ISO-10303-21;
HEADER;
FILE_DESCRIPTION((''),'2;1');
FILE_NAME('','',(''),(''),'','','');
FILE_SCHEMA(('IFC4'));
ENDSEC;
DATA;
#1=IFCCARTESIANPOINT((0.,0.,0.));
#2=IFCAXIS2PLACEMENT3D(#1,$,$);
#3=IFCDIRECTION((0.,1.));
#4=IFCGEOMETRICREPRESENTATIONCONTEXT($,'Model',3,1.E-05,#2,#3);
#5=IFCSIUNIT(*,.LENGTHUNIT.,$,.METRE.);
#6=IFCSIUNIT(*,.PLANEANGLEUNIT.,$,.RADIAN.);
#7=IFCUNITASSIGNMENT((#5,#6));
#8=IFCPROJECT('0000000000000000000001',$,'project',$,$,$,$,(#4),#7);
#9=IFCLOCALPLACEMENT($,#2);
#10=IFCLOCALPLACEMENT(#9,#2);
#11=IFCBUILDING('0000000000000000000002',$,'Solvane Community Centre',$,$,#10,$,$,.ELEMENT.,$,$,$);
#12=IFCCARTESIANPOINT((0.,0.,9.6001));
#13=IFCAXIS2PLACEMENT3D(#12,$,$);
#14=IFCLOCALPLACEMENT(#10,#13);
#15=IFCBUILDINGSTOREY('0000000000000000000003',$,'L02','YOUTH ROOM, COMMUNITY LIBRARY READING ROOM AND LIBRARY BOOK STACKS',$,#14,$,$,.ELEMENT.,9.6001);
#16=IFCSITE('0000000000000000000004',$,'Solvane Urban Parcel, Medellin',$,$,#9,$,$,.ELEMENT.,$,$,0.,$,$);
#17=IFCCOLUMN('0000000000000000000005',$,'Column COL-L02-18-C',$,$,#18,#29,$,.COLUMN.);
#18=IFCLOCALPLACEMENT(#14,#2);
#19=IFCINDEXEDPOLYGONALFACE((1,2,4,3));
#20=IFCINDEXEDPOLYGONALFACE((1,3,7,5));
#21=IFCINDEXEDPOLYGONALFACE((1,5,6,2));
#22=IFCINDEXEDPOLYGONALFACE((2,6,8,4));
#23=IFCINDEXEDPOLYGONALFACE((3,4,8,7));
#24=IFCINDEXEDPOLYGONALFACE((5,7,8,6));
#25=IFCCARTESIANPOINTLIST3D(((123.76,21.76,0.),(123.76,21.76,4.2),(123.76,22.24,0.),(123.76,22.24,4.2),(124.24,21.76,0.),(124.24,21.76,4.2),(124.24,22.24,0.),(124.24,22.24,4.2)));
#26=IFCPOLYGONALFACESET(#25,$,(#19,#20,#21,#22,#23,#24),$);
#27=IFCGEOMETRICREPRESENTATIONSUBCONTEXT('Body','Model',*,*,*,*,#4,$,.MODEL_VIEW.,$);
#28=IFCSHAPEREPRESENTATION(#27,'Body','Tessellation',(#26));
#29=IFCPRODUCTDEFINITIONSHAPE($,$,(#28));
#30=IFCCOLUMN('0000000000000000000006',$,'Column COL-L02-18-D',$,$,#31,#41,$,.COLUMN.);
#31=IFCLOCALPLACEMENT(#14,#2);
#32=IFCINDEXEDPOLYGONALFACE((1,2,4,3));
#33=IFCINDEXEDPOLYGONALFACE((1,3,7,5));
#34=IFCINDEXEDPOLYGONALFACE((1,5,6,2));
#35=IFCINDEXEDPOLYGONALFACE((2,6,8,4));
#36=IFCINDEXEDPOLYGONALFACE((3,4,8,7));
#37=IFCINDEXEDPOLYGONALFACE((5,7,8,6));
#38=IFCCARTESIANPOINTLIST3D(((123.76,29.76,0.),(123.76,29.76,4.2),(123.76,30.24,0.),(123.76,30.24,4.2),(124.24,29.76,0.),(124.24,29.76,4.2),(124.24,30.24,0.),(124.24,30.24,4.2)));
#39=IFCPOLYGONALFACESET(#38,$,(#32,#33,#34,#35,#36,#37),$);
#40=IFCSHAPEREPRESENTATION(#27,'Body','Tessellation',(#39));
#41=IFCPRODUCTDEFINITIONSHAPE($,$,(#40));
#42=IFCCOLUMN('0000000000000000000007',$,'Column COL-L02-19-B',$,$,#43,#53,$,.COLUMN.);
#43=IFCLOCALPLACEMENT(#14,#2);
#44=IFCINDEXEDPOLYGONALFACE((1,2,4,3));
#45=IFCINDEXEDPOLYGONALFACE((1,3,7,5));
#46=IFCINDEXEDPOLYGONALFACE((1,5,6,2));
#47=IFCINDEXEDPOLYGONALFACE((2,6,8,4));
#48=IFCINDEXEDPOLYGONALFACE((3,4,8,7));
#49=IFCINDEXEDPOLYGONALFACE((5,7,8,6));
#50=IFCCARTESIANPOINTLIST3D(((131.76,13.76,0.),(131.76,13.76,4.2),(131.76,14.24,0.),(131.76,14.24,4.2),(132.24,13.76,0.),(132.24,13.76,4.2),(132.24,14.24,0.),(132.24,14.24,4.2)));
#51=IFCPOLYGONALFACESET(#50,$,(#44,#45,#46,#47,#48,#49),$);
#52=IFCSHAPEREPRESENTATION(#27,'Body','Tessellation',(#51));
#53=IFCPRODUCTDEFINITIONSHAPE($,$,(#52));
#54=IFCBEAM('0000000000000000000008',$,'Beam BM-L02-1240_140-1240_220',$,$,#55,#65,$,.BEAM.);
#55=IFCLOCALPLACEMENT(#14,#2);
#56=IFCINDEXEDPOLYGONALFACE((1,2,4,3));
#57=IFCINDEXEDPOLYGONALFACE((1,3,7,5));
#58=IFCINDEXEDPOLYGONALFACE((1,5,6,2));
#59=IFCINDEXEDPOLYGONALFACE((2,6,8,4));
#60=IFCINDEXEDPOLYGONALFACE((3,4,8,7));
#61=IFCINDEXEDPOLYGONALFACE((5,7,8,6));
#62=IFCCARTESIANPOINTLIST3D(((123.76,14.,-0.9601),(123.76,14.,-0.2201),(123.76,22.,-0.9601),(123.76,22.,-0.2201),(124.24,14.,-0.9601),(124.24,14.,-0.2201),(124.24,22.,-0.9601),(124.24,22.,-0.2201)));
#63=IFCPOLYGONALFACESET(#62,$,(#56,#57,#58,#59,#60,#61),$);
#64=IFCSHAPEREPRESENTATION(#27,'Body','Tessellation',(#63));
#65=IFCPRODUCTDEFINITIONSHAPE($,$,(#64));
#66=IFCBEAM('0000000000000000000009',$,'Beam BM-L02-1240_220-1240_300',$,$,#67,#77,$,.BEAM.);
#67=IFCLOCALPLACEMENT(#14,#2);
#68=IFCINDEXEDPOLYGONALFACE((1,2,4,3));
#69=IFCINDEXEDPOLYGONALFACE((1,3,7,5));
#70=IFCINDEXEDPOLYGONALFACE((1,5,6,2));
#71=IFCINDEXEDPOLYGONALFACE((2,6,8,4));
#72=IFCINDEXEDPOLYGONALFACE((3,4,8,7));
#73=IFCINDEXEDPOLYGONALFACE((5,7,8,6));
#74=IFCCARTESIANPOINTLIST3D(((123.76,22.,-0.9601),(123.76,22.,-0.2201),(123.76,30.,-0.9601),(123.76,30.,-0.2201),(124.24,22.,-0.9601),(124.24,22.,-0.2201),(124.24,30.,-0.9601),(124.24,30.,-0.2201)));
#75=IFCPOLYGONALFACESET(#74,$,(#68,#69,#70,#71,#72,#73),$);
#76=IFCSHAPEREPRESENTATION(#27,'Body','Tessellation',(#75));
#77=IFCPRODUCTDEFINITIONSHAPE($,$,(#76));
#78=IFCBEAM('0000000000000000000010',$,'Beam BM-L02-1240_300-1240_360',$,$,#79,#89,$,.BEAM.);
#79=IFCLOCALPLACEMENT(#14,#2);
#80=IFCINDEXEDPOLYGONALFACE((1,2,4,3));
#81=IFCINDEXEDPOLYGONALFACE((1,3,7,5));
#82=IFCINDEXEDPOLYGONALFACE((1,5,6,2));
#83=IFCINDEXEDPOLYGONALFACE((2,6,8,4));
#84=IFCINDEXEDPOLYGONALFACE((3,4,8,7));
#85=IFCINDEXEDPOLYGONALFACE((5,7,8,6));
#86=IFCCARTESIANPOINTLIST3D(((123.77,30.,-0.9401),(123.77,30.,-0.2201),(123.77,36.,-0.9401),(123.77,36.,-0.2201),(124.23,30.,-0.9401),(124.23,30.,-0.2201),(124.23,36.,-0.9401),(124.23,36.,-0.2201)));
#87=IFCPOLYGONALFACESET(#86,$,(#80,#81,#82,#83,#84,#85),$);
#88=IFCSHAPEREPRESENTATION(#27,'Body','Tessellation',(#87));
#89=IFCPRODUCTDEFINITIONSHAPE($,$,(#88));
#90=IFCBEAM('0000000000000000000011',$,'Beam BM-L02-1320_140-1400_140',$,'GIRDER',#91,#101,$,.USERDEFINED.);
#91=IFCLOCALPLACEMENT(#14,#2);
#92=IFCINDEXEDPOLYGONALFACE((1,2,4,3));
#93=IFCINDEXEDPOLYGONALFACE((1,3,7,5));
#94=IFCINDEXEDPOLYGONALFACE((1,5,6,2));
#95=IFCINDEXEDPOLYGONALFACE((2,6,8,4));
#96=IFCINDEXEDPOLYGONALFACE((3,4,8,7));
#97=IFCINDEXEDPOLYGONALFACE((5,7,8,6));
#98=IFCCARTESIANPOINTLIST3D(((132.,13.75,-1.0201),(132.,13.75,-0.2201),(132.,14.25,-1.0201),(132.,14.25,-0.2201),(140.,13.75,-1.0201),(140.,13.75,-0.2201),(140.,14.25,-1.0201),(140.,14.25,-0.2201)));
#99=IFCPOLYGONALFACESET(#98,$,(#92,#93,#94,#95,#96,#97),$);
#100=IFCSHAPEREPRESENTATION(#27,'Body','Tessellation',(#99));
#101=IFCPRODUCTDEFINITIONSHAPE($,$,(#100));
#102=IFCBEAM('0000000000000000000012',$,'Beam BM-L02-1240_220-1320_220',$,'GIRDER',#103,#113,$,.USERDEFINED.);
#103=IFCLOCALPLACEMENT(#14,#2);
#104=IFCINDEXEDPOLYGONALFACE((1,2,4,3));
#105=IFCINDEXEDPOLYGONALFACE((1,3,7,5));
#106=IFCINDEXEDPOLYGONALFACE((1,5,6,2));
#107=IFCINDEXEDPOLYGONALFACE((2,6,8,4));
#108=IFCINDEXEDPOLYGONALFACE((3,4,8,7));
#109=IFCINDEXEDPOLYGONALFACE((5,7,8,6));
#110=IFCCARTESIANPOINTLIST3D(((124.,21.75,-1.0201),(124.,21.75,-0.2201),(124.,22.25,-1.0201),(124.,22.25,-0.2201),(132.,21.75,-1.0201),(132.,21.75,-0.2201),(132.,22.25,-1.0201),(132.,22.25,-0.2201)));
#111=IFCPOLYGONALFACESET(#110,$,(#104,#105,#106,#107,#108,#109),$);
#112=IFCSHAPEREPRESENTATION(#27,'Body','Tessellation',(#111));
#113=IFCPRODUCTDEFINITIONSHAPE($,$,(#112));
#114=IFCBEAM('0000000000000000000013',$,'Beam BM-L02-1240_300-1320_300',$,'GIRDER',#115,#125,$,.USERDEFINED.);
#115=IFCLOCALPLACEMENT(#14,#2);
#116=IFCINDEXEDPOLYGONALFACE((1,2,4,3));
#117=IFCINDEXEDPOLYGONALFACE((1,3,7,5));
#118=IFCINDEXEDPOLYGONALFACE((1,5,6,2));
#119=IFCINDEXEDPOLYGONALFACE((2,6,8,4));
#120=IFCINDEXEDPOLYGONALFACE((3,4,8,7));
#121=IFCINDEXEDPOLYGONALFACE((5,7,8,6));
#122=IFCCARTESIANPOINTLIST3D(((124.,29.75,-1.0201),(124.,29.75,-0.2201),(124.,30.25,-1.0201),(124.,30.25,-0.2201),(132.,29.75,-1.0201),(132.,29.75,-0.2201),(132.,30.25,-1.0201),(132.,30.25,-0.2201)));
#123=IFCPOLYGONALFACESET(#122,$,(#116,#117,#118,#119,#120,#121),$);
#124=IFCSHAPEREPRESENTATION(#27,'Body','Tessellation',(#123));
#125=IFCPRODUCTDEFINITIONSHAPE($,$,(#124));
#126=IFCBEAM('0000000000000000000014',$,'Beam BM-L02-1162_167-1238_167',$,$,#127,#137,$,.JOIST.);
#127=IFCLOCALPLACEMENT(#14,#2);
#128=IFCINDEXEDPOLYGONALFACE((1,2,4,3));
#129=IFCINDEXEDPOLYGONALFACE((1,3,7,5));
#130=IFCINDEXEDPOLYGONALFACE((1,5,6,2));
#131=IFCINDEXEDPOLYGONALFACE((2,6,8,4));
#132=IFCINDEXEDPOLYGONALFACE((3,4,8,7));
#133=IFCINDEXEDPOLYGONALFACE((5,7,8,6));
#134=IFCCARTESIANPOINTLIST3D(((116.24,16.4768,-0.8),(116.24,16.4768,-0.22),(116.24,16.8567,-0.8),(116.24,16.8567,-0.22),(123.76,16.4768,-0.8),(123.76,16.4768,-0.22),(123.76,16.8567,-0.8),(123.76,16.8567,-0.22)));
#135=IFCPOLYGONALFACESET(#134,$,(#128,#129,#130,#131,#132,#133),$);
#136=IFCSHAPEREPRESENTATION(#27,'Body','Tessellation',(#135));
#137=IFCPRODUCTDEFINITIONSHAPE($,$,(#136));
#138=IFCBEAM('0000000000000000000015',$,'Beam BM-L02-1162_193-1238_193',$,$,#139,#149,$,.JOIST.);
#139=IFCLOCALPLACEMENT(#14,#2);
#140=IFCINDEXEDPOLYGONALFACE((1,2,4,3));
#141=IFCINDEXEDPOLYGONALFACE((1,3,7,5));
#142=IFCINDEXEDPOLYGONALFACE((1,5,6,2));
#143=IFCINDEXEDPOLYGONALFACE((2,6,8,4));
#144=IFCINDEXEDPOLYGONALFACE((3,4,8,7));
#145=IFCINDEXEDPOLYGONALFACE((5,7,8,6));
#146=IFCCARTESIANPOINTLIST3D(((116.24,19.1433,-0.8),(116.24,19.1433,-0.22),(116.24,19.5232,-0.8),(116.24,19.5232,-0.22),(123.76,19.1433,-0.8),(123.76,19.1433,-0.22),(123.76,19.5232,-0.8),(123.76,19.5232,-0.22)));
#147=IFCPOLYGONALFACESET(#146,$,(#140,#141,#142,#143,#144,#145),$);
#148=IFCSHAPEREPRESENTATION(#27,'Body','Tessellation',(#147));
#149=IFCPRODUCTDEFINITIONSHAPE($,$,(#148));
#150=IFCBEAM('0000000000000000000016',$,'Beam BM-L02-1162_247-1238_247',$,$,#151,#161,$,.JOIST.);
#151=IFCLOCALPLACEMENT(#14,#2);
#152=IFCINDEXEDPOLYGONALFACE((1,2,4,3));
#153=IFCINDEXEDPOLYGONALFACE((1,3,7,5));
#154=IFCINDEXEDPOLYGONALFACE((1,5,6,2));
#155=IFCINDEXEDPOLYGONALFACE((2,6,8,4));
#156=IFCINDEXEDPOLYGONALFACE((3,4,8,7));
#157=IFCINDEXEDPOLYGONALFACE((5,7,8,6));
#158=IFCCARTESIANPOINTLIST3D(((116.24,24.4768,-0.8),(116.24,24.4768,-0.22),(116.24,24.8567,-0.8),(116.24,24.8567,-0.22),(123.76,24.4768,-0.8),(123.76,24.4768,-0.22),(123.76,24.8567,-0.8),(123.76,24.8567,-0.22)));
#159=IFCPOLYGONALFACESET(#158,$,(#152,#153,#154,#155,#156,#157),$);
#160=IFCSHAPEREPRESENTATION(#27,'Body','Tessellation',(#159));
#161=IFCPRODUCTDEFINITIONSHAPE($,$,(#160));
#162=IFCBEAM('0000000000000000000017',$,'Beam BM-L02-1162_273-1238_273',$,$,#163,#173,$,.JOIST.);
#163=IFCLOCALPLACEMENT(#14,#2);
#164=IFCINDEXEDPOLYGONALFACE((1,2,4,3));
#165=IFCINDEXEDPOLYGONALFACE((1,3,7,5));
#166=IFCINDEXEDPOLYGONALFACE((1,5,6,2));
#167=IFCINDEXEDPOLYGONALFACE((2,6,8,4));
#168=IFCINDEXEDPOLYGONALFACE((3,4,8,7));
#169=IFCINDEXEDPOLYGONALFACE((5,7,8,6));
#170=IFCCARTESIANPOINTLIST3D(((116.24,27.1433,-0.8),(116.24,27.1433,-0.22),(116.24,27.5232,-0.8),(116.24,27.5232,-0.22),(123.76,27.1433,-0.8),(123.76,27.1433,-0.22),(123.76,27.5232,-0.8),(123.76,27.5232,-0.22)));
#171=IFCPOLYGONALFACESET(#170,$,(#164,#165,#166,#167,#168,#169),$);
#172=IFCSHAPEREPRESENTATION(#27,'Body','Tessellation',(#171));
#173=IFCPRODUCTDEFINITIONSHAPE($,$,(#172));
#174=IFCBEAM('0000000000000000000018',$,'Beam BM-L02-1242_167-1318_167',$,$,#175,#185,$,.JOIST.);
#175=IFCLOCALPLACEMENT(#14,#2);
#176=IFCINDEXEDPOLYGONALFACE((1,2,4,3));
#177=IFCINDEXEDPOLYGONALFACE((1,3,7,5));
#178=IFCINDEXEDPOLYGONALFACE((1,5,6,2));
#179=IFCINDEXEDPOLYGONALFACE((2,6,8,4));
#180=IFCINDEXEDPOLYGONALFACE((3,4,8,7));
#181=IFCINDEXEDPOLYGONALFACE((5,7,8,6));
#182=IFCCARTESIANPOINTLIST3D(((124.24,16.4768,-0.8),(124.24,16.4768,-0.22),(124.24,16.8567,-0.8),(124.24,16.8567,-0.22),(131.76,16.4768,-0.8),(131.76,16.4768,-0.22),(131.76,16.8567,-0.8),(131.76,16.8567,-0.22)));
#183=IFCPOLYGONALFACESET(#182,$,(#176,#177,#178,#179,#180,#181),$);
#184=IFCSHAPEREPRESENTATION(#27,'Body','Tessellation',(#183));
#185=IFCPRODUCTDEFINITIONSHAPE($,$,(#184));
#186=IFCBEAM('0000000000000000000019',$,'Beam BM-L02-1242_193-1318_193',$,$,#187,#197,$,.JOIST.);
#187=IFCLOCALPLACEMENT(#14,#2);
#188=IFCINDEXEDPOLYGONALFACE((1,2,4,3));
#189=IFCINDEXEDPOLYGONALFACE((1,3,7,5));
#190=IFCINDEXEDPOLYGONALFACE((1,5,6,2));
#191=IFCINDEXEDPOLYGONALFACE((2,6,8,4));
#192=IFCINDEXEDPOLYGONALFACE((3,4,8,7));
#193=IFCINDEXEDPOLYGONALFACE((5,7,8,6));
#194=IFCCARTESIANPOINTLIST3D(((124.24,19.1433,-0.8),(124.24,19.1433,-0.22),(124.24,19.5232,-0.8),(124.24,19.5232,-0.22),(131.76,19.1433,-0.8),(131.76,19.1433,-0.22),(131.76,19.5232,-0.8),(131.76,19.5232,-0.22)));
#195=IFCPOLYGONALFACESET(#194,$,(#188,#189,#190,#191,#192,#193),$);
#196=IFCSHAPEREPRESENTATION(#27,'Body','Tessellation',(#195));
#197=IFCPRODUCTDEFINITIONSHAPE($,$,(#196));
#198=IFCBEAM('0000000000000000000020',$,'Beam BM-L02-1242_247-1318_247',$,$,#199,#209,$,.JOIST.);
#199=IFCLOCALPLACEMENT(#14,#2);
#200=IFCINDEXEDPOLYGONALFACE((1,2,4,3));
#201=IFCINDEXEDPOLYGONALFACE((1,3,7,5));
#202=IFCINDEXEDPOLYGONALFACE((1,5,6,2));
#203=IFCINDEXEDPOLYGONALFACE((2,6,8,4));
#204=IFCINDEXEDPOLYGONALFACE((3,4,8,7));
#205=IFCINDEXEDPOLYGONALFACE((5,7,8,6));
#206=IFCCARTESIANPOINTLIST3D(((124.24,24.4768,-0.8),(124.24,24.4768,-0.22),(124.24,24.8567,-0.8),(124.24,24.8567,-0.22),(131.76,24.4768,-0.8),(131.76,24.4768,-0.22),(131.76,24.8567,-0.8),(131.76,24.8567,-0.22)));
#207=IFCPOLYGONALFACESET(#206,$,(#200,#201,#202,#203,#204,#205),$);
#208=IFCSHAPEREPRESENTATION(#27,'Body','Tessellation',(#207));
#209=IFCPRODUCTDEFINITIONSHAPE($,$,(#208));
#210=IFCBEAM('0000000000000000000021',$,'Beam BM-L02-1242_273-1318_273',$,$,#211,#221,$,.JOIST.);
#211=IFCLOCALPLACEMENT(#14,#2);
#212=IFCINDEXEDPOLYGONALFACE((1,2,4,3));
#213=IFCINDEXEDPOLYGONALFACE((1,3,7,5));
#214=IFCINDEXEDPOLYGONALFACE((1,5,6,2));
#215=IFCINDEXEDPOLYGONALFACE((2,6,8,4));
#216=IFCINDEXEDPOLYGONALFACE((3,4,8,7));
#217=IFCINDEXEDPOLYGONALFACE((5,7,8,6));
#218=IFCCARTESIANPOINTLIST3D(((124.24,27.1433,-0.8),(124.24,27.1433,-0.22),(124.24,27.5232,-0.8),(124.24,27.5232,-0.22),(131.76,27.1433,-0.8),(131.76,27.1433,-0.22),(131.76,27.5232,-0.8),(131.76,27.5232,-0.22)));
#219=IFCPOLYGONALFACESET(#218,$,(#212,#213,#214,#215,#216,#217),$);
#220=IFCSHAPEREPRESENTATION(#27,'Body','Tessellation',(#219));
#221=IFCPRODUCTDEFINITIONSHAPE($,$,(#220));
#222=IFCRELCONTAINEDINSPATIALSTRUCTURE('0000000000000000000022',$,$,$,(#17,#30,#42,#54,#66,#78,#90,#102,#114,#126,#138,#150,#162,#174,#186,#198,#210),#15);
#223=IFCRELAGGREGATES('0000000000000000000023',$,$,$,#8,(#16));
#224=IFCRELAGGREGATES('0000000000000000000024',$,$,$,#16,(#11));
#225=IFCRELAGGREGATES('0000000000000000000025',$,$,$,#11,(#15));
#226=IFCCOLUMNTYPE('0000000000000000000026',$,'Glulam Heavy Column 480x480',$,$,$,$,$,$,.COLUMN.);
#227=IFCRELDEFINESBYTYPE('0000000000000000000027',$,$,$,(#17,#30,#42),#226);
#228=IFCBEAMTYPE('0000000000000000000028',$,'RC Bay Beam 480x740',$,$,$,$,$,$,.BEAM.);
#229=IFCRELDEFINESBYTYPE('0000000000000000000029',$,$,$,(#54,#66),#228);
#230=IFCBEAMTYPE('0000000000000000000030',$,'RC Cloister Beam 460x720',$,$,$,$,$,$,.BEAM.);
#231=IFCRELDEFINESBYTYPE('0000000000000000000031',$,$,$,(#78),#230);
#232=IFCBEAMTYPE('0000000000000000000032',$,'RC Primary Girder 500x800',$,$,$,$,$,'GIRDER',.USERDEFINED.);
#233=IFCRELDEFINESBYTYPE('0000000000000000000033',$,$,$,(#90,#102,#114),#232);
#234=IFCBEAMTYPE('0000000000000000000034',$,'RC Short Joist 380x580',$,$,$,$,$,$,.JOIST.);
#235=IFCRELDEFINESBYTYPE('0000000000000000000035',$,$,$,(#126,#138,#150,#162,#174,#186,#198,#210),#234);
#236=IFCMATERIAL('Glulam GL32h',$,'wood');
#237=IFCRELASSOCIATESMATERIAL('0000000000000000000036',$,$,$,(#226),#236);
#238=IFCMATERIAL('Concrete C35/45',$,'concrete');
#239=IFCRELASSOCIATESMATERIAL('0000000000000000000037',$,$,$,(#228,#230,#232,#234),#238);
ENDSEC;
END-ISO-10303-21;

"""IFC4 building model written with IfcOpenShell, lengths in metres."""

from ifc_helpers import new_model, si_unit, direction, frame, origin, origin_2d, place, context, subcontext, project, spatial, rectangle, extrude, material, material_profile, profile_set, type_object, element, save


model = new_model("IFC4")

# Units and contexts
model_context = context("Model", 3, precision=1e-05, world=origin(), true_north=direction((0.0, 1.0)))
body_context = subcontext(model_context, "Body", "Model", "MODEL_VIEW")
ifc_project = project(units=[si_unit("LENGTHUNIT", "METRE"), si_unit("PLANEANGLEUNIT", "RADIAN")], contexts=[model_context])

# Site, building, storey
site_placement = place(None, origin())
site = spatial("IfcSite", under=ifc_project, at=site_placement, Name="Solvane Urban Parcel, Medellin", CompositionType="ELEMENT", RefElevation=0.0)
building_placement = place(site_placement, origin())
building = spatial("IfcBuilding", under=site, at=building_placement, Name="Solvane Community Centre", CompositionType="ELEMENT")
storey_placement = place(building_placement, frame((0.0, 0.0, 9.6001)))
storey = spatial("IfcBuildingStorey", under=building, at=storey_placement, Name="L02", Description="YOUTH ROOM, COMMUNITY LIBRARY READING ROOM AND LIBRARY BOOK STACKS", CompositionType="ELEMENT", Elevation=9.6001)

# Columns
ifc_material_1 = material(Name="Glulam GL32h", Category="wood")
ifc_material_profile_1 = material_profile(ifc_material_1, rectangle(XDim=0.48, YDim=0.48, at=origin_2d()), Name="GL32h 480x480")
ifc_profile_set_1 = profile_set([ifc_material_profile_1], Name="Glulam GL32h")
column_type = type_object("IfcColumnType", Name="Glulam Heavy Column 480x480", PredefinedType="COLUMN", material=ifc_profile_set_1)
for number, where, z_axis, x_axis, name in (
    (1, (124.0, 22.0, 0.0), (0.0, 0.0, 1.0), (1.0, 0.0, 0.0), "Column COL-L02-18-C"),
    (2, (124.0, 30.0, 0.0), (0.0, 0.0, 1.0), (1.0, 0.0, 0.0), "Column COL-L02-18-D"),
    (3, (132.0, 14.0, 0.0), (0.0, 0.0, 1.0), (1.0, 0.0, 0.0), "Column COL-L02-19-B"),
):
    element("IfcColumn", number, at=place(storey_placement, frame(where, z_axis=z_axis, x_axis=x_axis)), inside=storey, type_object=column_type, Name=name, PredefinedType="COLUMN", context=body_context, shape_type="SweptSolid", body=[
        extrude(rectangle(XDim=0.48, YDim=0.48, at=origin_2d()), origin(), (0.0, 0.0, 1.0), 4.2),
    ])

# Beams
ifc_material_2 = material(Name="Concrete C35/45", Category="concrete")
ifc_material_profile_2 = material_profile(ifc_material_2, rectangle(XDim=0.48, YDim=0.74, at=origin_2d()), Name="RC 480x740")
ifc_profile_set_2 = profile_set([ifc_material_profile_2], Name="Concrete C35/45")
beam_type_1 = type_object("IfcBeamType", Name="RC Bay Beam 480x740", PredefinedType="BEAM", material=ifc_profile_set_2)
for number, where, z_axis, x_axis, name in (
    (4, (124.0, 14.0, -0.5901), (0.0, 1.0, 0.0), (-1.0, 0.0, 0.0), "Beam BM-L02-1240_140-1240_220"),
    (5, (124.0, 22.0, -0.5901), (0.0, 1.0, 0.0), (-1.0, 0.0, 0.0), "Beam BM-L02-1240_220-1240_300"),
):
    element("IfcBeam", number, at=place(storey_placement, frame(where, z_axis=z_axis, x_axis=x_axis)), inside=storey, type_object=beam_type_1, Name=name, PredefinedType="BEAM", context=body_context, shape_type="SweptSolid", body=[
        extrude(rectangle(XDim=0.48, YDim=0.74, at=origin_2d()), origin(), (0.0, 0.0, 1.0), 8.0),
    ])
ifc_material_profile_3 = material_profile(ifc_material_2, rectangle(XDim=0.46, YDim=0.72, at=origin_2d()), Name="RC 460x720")
ifc_profile_set_3 = profile_set([ifc_material_profile_3], Name="Concrete C35/45")
beam_type_2 = type_object("IfcBeamType", Name="RC Cloister Beam 460x720", PredefinedType="BEAM", material=ifc_profile_set_3)
beam_placement = place(storey_placement, frame((124.0, 30.0, -0.5801), z_axis=(0.0, 1.0, 0.0), x_axis=(-1.0, 0.0, 0.0)))
element("IfcBeam", 6, at=beam_placement, inside=storey, type_object=beam_type_2, Name="Beam BM-L02-1240_300-1240_360", PredefinedType="BEAM", context=body_context, shape_type="SweptSolid", body=[
    extrude(rectangle(XDim=0.46, YDim=0.72, at=origin_2d()), origin(), (0.0, 0.0, 1.0), 6.0),
])
ifc_material_profile_4 = material_profile(ifc_material_2, rectangle(XDim=0.5, YDim=0.8, at=origin_2d()), Name="RC 500x800")
ifc_profile_set_4 = profile_set([ifc_material_profile_4], Name="Concrete C35/45")
beam_type_3 = type_object("IfcBeamType", Name="RC Primary Girder 500x800", ElementType="GIRDER", PredefinedType="USERDEFINED", material=ifc_profile_set_4)
for number, where, z_axis, x_axis, name in (
    (7, (132.0, 14.0, -0.6201), (1.0, 0.0, 0.0), (0.0, 1.0, 0.0), "Beam BM-L02-1320_140-1400_140"),
    (8, (124.0, 22.0, -0.6201), (1.0, 0.0, 0.0), (0.0, 1.0, 0.0), "Beam BM-L02-1240_220-1320_220"),
    (9, (124.0, 30.0, -0.6201), (1.0, 0.0, 0.0), (0.0, 1.0, 0.0), "Beam BM-L02-1240_300-1320_300"),
):
    element("IfcBeam", number, at=place(storey_placement, frame(where, z_axis=z_axis, x_axis=x_axis)), inside=storey, type_object=beam_type_3, Name=name, ObjectType="GIRDER", PredefinedType="USERDEFINED", context=body_context, shape_type="SweptSolid", body=[
        extrude(rectangle(XDim=0.5, YDim=0.8, at=origin_2d()), origin(), (0.0, 0.0, 1.0), 8.0),
    ])
ifc_material_profile_5 = material_profile(ifc_material_2, rectangle(XDim=0.3799, YDim=0.5801, at=origin_2d()), Name="RC 380x580")
ifc_profile_set_5 = profile_set([ifc_material_profile_5], Name="Concrete C35/45")
beam_type_4 = type_object("IfcBeamType", Name="RC Short Joist 380x580", PredefinedType="JOIST", material=ifc_profile_set_5)
for number, where, z_axis, x_axis, name in (
    (10, (116.24, 16.6667, -0.51), (1.0, 0.0, 0.0), (0.0, 1.0, 0.0), "Beam BM-L02-1162_167-1238_167"),
    (11, (116.24, 19.3333, -0.51), (1.0, 0.0, 0.0), (0.0, 1.0, 0.0), "Beam BM-L02-1162_193-1238_193"),
    (12, (116.24, 24.6667, -0.51), (1.0, 0.0, 0.0), (0.0, 1.0, 0.0), "Beam BM-L02-1162_247-1238_247"),
    (13, (116.24, 27.3333, -0.51), (1.0, 0.0, 0.0), (0.0, 1.0, 0.0), "Beam BM-L02-1162_273-1238_273"),
    (14, (124.24, 16.6667, -0.51), (1.0, 0.0, 0.0), (0.0, 1.0, 0.0), "Beam BM-L02-1242_167-1318_167"),
    (15, (124.24, 19.3333, -0.51), (1.0, 0.0, 0.0), (0.0, 1.0, 0.0), "Beam BM-L02-1242_193-1318_193"),
    (16, (124.24, 24.6667, -0.51), (1.0, 0.0, 0.0), (0.0, 1.0, 0.0), "Beam BM-L02-1242_247-1318_247"),
    (17, (124.24, 27.3333, -0.51), (1.0, 0.0, 0.0), (0.0, 1.0, 0.0), "Beam BM-L02-1242_273-1318_273"),
):
    element("IfcBeam", number, at=place(storey_placement, frame(where, z_axis=z_axis, x_axis=x_axis)), inside=storey, type_object=beam_type_4, Name=name, PredefinedType="JOIST", context=body_context, shape_type="SweptSolid", body=[
        extrude(rectangle(XDim=0.3799, YDim=0.5801, at=origin_2d()), origin(), (0.0, 0.0, 1.0), 7.52),
    ])

save(model, "model.ifc")
